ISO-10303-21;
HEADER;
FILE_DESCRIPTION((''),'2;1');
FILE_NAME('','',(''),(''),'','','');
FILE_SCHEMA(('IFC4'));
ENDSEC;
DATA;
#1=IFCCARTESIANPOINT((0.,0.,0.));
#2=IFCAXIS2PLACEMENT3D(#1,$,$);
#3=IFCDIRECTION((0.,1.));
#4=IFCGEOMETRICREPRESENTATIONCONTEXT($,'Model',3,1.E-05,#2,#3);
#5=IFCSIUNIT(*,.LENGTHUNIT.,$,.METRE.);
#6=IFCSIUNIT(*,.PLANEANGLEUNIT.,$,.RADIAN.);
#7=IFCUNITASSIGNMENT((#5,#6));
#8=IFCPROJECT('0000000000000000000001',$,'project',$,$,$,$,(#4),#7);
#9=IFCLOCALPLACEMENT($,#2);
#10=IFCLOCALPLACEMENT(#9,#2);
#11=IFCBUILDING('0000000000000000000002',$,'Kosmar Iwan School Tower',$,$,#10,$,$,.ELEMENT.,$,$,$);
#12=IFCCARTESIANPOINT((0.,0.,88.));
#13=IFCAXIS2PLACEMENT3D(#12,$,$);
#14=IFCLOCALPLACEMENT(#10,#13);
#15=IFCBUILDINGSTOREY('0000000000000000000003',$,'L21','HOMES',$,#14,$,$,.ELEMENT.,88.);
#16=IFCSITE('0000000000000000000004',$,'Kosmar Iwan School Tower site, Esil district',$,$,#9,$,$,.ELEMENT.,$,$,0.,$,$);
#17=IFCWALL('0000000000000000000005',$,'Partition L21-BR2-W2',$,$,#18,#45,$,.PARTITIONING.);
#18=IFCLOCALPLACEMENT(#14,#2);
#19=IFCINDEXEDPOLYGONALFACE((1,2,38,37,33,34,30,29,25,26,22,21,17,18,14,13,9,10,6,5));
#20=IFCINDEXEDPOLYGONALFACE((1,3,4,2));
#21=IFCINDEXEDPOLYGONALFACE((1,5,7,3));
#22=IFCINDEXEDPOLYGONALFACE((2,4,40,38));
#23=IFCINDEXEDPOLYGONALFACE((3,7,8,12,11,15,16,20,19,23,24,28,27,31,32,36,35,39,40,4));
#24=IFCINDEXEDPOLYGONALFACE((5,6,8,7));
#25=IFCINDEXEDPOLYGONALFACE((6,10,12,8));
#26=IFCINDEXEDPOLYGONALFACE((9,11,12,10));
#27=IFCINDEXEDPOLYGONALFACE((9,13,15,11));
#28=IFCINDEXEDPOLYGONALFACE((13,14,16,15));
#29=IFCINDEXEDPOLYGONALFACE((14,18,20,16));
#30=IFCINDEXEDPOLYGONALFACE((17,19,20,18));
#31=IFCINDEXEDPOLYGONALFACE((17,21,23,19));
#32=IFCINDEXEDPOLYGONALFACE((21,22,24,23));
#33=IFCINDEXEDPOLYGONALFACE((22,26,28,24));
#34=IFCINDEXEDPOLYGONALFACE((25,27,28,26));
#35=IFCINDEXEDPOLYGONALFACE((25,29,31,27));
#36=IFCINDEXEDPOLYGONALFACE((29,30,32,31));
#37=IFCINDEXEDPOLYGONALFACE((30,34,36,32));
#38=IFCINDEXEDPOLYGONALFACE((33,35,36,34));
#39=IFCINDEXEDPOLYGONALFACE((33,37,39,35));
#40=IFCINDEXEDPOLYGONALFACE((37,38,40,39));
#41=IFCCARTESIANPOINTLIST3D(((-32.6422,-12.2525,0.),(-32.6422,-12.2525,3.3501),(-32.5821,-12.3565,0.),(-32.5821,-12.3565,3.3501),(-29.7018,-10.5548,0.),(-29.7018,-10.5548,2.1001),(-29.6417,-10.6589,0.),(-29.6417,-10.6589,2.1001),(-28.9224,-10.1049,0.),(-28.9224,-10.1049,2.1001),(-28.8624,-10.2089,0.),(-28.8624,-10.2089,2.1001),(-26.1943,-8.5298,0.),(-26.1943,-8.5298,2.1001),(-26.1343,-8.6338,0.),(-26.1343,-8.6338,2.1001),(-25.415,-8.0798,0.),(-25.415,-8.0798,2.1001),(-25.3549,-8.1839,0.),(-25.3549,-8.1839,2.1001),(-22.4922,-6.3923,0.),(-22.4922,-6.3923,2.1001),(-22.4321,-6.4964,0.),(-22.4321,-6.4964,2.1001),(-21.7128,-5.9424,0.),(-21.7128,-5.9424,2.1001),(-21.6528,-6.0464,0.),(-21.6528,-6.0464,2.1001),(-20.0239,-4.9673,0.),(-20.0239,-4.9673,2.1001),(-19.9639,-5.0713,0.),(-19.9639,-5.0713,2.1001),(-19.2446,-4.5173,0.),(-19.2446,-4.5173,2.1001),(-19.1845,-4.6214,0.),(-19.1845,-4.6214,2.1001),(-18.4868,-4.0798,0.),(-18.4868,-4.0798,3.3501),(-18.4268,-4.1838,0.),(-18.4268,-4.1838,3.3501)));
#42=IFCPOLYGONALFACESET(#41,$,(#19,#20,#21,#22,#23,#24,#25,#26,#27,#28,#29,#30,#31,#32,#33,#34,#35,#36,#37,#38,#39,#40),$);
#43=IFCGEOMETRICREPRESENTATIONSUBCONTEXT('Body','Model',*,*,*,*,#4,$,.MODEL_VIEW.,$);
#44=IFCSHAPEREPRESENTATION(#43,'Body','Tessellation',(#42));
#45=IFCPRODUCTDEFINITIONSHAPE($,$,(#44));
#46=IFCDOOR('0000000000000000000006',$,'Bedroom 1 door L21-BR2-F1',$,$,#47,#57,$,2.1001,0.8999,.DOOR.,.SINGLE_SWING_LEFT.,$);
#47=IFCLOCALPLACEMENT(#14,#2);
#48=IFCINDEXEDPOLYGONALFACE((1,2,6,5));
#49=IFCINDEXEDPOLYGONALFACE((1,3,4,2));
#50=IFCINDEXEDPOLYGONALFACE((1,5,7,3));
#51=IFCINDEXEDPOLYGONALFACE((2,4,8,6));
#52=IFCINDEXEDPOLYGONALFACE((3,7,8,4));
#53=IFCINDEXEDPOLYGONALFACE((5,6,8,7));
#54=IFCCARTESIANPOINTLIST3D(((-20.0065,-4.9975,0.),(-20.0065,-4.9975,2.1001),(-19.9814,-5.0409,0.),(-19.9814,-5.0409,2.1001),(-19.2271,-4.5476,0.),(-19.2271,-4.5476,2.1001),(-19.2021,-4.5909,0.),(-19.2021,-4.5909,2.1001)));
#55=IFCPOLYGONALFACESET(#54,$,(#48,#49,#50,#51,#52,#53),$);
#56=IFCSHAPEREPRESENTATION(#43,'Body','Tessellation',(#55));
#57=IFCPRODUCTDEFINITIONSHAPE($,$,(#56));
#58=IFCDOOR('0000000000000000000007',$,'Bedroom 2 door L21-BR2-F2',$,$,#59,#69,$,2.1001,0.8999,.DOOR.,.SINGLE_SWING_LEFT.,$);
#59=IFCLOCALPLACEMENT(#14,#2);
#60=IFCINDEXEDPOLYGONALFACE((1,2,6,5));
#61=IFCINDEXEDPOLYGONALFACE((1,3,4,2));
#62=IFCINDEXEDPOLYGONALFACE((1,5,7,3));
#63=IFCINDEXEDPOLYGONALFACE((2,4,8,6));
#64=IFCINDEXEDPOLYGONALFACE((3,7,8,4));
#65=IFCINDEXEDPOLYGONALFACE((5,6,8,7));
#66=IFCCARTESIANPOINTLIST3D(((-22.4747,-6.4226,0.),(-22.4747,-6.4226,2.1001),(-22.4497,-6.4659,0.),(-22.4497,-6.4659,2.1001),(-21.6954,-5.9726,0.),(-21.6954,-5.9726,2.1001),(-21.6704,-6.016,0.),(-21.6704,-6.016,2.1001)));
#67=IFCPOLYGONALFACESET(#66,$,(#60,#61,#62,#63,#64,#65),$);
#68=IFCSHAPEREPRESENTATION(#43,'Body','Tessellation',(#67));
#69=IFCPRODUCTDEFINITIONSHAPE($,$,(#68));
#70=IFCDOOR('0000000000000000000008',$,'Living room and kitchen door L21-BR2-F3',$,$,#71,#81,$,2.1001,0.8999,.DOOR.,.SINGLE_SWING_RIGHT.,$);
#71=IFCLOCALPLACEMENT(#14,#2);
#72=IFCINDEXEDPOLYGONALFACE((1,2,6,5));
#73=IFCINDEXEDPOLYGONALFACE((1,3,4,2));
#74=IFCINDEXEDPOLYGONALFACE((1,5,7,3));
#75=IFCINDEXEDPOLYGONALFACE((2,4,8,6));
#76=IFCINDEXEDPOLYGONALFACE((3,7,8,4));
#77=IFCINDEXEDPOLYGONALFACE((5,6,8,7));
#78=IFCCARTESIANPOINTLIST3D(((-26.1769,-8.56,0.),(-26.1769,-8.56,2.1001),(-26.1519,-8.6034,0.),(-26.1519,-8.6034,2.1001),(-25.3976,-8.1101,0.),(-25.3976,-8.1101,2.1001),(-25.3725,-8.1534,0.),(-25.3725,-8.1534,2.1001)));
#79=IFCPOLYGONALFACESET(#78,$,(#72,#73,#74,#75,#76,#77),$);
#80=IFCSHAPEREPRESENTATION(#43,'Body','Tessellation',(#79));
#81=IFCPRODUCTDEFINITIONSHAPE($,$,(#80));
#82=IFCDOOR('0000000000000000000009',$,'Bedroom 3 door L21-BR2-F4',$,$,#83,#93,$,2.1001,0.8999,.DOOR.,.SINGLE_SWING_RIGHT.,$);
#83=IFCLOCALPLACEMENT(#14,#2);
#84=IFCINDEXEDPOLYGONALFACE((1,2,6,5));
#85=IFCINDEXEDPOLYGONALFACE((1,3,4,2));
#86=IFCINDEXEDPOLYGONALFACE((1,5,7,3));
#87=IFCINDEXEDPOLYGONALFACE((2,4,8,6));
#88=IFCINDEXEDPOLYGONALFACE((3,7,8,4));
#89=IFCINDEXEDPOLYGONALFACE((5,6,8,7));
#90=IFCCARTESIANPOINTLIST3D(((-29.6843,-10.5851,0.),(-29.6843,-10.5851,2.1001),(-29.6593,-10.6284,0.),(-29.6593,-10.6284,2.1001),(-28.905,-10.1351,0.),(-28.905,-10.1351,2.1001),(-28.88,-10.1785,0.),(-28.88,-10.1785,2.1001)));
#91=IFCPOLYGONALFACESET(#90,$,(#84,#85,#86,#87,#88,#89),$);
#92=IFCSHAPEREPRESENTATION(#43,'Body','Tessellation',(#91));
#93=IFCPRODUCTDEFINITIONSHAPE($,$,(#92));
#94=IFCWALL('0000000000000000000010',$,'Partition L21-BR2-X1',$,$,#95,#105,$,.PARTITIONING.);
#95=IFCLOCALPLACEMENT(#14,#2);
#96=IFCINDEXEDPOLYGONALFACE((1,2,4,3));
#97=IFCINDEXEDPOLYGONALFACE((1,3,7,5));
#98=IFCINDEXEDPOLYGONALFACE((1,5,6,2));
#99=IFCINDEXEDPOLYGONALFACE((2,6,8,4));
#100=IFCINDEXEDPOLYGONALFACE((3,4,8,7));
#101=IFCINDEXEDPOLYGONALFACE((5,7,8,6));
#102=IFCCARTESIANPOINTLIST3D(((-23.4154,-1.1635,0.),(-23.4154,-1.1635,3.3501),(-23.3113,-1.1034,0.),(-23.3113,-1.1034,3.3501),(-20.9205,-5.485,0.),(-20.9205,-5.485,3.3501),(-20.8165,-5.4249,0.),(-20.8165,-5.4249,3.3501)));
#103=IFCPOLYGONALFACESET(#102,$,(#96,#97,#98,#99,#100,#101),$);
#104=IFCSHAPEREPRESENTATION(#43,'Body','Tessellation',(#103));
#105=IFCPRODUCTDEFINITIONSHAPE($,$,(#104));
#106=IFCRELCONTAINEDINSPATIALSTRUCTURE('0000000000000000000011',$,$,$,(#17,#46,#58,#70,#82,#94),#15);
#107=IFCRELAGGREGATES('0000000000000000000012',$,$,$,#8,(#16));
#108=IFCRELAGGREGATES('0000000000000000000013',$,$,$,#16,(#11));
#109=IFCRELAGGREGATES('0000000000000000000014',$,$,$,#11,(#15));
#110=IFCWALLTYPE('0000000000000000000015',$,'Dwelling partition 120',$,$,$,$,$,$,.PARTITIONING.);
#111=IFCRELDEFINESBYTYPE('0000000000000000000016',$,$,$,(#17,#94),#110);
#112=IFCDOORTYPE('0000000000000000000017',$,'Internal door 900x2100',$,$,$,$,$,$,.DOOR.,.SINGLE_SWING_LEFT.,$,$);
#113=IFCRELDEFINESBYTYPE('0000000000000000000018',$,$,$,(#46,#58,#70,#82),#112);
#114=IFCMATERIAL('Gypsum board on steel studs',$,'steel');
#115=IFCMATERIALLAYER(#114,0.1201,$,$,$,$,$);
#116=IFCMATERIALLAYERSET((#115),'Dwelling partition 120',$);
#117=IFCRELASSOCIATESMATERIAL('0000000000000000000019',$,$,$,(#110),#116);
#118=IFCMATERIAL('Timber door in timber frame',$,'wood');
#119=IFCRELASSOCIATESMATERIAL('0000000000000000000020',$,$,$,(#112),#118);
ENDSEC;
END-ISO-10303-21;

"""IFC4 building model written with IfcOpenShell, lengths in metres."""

from ifc_helpers import new_model, si_unit, direction, frame, frame_2d, origin, place, context, subcontext, project, spatial, rectangle, extrude, material, layer, layer_set, type_object, element, fill, save


model = new_model("IFC4")

# Units and contexts
model_context = context("Model", 3, precision=1e-05, world=origin(), true_north=direction((0.0, 1.0)))
body_context = subcontext(model_context, "Body", "Model", "MODEL_VIEW")
ifc_project = project(units=[si_unit("LENGTHUNIT", "METRE"), si_unit("PLANEANGLEUNIT", "RADIAN")], contexts=[model_context])

# Site, building, storey
site_placement = place(None, origin())
site = spatial("IfcSite", under=ifc_project, at=site_placement, Name="Kosmar Iwan School Tower site, Esil district", CompositionType="ELEMENT", RefElevation=0.0)
building_placement = place(site_placement, origin())
building = spatial("IfcBuilding", under=site, at=building_placement, Name="Kosmar Iwan School Tower", CompositionType="ELEMENT")
storey_placement = place(building_placement, frame((0.0, 0.0, 88.0)))
storey = spatial("IfcBuildingStorey", under=building, at=storey_placement, Name="L21", Description="HOMES", CompositionType="ELEMENT", Elevation=88.0)

# Shared definitions
ifc_material_1 = material(Name="Gypsum board on steel studs", Category="steel")
ifc_layer = layer(ifc_material_1, 0.1201)
ifc_layer_set = layer_set([ifc_layer], Name="Dwelling partition 120")
wall_type = type_object("IfcWallType", Name="Dwelling partition 120", PredefinedType="PARTITIONING", material=ifc_layer_set)

# Wall, openings, doors
ifc_material_2 = material(Name="Timber door in timber frame", Category="wood")
door_type_1 = type_object("IfcDoorType", Name="Internal door 900x2100", OperationType="SINGLE_SWING_LEFT", PredefinedType="DOOR", material=ifc_material_2)
wall_1_placement = place(storey_placement, frame((-18.4568, -4.1318, 0.0), z_axis=(0.0, 0.0, 1.0), x_axis=(-0.866024, -0.500003, 0.0)))
wall_1 = element("IfcWall", 1, at=wall_1_placement, inside=storey, type_object=wall_type, Name="Partition L21-BR2-W2", PredefinedType="PARTITIONING", context=body_context, shape_type="SweptSolid", body=[
    extrude(rectangle(XDim=16.3452, YDim=0.1201, at=frame_2d((8.1726, 0.0))), origin(), (0.0, 0.0, 1.0), 3.3501),
])
opening_1_placement = place(wall_1_placement, frame((0.875, 0.0, 0.0)))
opening_1 = element("IfcOpeningElement", 2, at=opening_1_placement, cuts=wall_1, PredefinedType="OPENING", context=body_context, shape_type="SweptSolid", body=[
    extrude(rectangle(XDim=0.8999, YDim=2.1001, at=frame_2d((0.45, 1.05))), frame((0.0, 0.072, 0.0), z_axis=(0.0, -1.0, 0.0), x_axis=(1.0, 0.0, 0.0)), (0.0, 0.0, 1.0), 0.144),
])
opening_2_placement = place(wall_1_placement, frame((3.7251, 0.0, 0.0)))
opening_2 = element("IfcOpeningElement", 3, at=opening_2_placement, cuts=wall_1, PredefinedType="OPENING", context=body_context, shape_type="SweptSolid", body=[
    extrude(rectangle(XDim=0.8999, YDim=2.1001, at=frame_2d((0.45, 1.05))), frame((0.0, 0.072, 0.0), z_axis=(0.0, -1.0, 0.0), x_axis=(1.0, 0.0, 0.0)), (0.0, 0.0, 1.0), 0.144),
])
opening_3_placement = place(wall_1_placement, frame((8.0, 0.0, 0.0)))
opening_3 = element("IfcOpeningElement", 4, at=opening_3_placement, cuts=wall_1, PredefinedType="OPENING", context=body_context, shape_type="SweptSolid", body=[
    extrude(rectangle(XDim=0.8999, YDim=2.1001, at=frame_2d((0.45, 1.05))), frame((0.0, 0.072, 0.0), z_axis=(0.0, -1.0, 0.0), x_axis=(1.0, 0.0, 0.0)), (0.0, 0.0, 1.0), 0.144),
])
opening_4_placement = place(wall_1_placement, frame((12.05, 0.0, 0.0)))
opening_4 = element("IfcOpeningElement", 5, at=opening_4_placement, cuts=wall_1, PredefinedType="OPENING", context=body_context, shape_type="SweptSolid", body=[
    extrude(rectangle(XDim=0.8999, YDim=2.1001, at=frame_2d((0.45, 1.05))), frame((0.0, 0.072, 0.0), z_axis=(0.0, -1.0, 0.0), x_axis=(1.0, 0.0, 0.0)), (0.0, 0.0, 1.0), 0.144),
])
door_1_placement = place(opening_1_placement, origin())
door_1 = element("IfcDoor", 6, at=door_1_placement, inside=storey, type_object=door_type_1, Name="Bedroom 1 door L21-BR2-F1", OperationType="SINGLE_SWING_LEFT", OverallHeight=2.1001, OverallWidth=0.8999, PredefinedType="DOOR", context=body_context, shape_type="SweptSolid", body=[
    extrude(rectangle(XDim=0.8999, YDim=2.1001, at=frame_2d((0.45, 1.05))), frame((0.0, 0.0249, 0.0), z_axis=(0.0, -1.0, 0.0), x_axis=(1.0, 0.0, 0.0)), (0.0, 0.0, 1.0), 0.05),
])
fill(opening_1, door_1)
door_2_placement = place(opening_2_placement, origin())
door_2 = element("IfcDoor", 7, at=door_2_placement, inside=storey, type_object=door_type_1, Name="Bedroom 2 door L21-BR2-F2", OperationType="SINGLE_SWING_LEFT", OverallHeight=2.1001, OverallWidth=0.8999, PredefinedType="DOOR", context=body_context, shape_type="SweptSolid", body=[
    extrude(rectangle(XDim=0.8999, YDim=2.1001, at=frame_2d((0.45, 1.05))), frame((0.0, 0.0249, 0.0), z_axis=(0.0, -1.0, 0.0), x_axis=(1.0, 0.0, 0.0)), (0.0, 0.0, 1.0), 0.05),
])
fill(opening_2, door_2)
door_3_placement = place(opening_3_placement, origin())
door_3 = element("IfcDoor", 8, at=door_3_placement, inside=storey, type_object=door_type_1, Name="Living room and kitchen door L21-BR2-F3", OperationType="SINGLE_SWING_RIGHT", OverallHeight=2.1001, OverallWidth=0.8999, PredefinedType="DOOR", context=body_context, shape_type="SweptSolid", body=[
    extrude(rectangle(XDim=0.8999, YDim=2.1001, at=frame_2d((0.45, 1.05))), frame((0.0, 0.0249, 0.0), z_axis=(0.0, -1.0, 0.0), x_axis=(1.0, 0.0, 0.0)), (0.0, 0.0, 1.0), 0.05),
])
fill(opening_3, door_3)
door_4_placement = place(opening_4_placement, origin())
door_4 = element("IfcDoor", 9, at=door_4_placement, inside=storey, type_object=door_type_1, Name="Bedroom 3 door L21-BR2-F4", OperationType="SINGLE_SWING_RIGHT", OverallHeight=2.1001, OverallWidth=0.8999, PredefinedType="DOOR", context=body_context, shape_type="SweptSolid", body=[
    extrude(rectangle(XDim=0.8999, YDim=2.1001, at=frame_2d((0.45, 1.05))), frame((0.0, 0.0249, 0.0), z_axis=(0.0, -1.0, 0.0), x_axis=(1.0, 0.0, 0.0)), (0.0, 0.0, 1.0), 0.05),
])
fill(opening_4, door_4)

# Wall
wall_2_placement = place(storey_placement, frame((-20.8684, -5.4551, 0.0), z_axis=(0.0, 0.0, 1.0), x_axis=(-0.499975, 0.86604, 0.0)))
element("IfcWall", 10, at=wall_2_placement, inside=storey, type_object=wall_type, Name="Partition L21-BR2-X1", PredefinedType="PARTITIONING", context=body_context, shape_type="SweptSolid", body=[
    extrude(rectangle(XDim=4.99, YDim=0.1201, at=frame_2d((2.4951, 0.0))), origin(), (0.0, 0.0, 1.0), 3.3501),
])

save(model, "model.ifc")
